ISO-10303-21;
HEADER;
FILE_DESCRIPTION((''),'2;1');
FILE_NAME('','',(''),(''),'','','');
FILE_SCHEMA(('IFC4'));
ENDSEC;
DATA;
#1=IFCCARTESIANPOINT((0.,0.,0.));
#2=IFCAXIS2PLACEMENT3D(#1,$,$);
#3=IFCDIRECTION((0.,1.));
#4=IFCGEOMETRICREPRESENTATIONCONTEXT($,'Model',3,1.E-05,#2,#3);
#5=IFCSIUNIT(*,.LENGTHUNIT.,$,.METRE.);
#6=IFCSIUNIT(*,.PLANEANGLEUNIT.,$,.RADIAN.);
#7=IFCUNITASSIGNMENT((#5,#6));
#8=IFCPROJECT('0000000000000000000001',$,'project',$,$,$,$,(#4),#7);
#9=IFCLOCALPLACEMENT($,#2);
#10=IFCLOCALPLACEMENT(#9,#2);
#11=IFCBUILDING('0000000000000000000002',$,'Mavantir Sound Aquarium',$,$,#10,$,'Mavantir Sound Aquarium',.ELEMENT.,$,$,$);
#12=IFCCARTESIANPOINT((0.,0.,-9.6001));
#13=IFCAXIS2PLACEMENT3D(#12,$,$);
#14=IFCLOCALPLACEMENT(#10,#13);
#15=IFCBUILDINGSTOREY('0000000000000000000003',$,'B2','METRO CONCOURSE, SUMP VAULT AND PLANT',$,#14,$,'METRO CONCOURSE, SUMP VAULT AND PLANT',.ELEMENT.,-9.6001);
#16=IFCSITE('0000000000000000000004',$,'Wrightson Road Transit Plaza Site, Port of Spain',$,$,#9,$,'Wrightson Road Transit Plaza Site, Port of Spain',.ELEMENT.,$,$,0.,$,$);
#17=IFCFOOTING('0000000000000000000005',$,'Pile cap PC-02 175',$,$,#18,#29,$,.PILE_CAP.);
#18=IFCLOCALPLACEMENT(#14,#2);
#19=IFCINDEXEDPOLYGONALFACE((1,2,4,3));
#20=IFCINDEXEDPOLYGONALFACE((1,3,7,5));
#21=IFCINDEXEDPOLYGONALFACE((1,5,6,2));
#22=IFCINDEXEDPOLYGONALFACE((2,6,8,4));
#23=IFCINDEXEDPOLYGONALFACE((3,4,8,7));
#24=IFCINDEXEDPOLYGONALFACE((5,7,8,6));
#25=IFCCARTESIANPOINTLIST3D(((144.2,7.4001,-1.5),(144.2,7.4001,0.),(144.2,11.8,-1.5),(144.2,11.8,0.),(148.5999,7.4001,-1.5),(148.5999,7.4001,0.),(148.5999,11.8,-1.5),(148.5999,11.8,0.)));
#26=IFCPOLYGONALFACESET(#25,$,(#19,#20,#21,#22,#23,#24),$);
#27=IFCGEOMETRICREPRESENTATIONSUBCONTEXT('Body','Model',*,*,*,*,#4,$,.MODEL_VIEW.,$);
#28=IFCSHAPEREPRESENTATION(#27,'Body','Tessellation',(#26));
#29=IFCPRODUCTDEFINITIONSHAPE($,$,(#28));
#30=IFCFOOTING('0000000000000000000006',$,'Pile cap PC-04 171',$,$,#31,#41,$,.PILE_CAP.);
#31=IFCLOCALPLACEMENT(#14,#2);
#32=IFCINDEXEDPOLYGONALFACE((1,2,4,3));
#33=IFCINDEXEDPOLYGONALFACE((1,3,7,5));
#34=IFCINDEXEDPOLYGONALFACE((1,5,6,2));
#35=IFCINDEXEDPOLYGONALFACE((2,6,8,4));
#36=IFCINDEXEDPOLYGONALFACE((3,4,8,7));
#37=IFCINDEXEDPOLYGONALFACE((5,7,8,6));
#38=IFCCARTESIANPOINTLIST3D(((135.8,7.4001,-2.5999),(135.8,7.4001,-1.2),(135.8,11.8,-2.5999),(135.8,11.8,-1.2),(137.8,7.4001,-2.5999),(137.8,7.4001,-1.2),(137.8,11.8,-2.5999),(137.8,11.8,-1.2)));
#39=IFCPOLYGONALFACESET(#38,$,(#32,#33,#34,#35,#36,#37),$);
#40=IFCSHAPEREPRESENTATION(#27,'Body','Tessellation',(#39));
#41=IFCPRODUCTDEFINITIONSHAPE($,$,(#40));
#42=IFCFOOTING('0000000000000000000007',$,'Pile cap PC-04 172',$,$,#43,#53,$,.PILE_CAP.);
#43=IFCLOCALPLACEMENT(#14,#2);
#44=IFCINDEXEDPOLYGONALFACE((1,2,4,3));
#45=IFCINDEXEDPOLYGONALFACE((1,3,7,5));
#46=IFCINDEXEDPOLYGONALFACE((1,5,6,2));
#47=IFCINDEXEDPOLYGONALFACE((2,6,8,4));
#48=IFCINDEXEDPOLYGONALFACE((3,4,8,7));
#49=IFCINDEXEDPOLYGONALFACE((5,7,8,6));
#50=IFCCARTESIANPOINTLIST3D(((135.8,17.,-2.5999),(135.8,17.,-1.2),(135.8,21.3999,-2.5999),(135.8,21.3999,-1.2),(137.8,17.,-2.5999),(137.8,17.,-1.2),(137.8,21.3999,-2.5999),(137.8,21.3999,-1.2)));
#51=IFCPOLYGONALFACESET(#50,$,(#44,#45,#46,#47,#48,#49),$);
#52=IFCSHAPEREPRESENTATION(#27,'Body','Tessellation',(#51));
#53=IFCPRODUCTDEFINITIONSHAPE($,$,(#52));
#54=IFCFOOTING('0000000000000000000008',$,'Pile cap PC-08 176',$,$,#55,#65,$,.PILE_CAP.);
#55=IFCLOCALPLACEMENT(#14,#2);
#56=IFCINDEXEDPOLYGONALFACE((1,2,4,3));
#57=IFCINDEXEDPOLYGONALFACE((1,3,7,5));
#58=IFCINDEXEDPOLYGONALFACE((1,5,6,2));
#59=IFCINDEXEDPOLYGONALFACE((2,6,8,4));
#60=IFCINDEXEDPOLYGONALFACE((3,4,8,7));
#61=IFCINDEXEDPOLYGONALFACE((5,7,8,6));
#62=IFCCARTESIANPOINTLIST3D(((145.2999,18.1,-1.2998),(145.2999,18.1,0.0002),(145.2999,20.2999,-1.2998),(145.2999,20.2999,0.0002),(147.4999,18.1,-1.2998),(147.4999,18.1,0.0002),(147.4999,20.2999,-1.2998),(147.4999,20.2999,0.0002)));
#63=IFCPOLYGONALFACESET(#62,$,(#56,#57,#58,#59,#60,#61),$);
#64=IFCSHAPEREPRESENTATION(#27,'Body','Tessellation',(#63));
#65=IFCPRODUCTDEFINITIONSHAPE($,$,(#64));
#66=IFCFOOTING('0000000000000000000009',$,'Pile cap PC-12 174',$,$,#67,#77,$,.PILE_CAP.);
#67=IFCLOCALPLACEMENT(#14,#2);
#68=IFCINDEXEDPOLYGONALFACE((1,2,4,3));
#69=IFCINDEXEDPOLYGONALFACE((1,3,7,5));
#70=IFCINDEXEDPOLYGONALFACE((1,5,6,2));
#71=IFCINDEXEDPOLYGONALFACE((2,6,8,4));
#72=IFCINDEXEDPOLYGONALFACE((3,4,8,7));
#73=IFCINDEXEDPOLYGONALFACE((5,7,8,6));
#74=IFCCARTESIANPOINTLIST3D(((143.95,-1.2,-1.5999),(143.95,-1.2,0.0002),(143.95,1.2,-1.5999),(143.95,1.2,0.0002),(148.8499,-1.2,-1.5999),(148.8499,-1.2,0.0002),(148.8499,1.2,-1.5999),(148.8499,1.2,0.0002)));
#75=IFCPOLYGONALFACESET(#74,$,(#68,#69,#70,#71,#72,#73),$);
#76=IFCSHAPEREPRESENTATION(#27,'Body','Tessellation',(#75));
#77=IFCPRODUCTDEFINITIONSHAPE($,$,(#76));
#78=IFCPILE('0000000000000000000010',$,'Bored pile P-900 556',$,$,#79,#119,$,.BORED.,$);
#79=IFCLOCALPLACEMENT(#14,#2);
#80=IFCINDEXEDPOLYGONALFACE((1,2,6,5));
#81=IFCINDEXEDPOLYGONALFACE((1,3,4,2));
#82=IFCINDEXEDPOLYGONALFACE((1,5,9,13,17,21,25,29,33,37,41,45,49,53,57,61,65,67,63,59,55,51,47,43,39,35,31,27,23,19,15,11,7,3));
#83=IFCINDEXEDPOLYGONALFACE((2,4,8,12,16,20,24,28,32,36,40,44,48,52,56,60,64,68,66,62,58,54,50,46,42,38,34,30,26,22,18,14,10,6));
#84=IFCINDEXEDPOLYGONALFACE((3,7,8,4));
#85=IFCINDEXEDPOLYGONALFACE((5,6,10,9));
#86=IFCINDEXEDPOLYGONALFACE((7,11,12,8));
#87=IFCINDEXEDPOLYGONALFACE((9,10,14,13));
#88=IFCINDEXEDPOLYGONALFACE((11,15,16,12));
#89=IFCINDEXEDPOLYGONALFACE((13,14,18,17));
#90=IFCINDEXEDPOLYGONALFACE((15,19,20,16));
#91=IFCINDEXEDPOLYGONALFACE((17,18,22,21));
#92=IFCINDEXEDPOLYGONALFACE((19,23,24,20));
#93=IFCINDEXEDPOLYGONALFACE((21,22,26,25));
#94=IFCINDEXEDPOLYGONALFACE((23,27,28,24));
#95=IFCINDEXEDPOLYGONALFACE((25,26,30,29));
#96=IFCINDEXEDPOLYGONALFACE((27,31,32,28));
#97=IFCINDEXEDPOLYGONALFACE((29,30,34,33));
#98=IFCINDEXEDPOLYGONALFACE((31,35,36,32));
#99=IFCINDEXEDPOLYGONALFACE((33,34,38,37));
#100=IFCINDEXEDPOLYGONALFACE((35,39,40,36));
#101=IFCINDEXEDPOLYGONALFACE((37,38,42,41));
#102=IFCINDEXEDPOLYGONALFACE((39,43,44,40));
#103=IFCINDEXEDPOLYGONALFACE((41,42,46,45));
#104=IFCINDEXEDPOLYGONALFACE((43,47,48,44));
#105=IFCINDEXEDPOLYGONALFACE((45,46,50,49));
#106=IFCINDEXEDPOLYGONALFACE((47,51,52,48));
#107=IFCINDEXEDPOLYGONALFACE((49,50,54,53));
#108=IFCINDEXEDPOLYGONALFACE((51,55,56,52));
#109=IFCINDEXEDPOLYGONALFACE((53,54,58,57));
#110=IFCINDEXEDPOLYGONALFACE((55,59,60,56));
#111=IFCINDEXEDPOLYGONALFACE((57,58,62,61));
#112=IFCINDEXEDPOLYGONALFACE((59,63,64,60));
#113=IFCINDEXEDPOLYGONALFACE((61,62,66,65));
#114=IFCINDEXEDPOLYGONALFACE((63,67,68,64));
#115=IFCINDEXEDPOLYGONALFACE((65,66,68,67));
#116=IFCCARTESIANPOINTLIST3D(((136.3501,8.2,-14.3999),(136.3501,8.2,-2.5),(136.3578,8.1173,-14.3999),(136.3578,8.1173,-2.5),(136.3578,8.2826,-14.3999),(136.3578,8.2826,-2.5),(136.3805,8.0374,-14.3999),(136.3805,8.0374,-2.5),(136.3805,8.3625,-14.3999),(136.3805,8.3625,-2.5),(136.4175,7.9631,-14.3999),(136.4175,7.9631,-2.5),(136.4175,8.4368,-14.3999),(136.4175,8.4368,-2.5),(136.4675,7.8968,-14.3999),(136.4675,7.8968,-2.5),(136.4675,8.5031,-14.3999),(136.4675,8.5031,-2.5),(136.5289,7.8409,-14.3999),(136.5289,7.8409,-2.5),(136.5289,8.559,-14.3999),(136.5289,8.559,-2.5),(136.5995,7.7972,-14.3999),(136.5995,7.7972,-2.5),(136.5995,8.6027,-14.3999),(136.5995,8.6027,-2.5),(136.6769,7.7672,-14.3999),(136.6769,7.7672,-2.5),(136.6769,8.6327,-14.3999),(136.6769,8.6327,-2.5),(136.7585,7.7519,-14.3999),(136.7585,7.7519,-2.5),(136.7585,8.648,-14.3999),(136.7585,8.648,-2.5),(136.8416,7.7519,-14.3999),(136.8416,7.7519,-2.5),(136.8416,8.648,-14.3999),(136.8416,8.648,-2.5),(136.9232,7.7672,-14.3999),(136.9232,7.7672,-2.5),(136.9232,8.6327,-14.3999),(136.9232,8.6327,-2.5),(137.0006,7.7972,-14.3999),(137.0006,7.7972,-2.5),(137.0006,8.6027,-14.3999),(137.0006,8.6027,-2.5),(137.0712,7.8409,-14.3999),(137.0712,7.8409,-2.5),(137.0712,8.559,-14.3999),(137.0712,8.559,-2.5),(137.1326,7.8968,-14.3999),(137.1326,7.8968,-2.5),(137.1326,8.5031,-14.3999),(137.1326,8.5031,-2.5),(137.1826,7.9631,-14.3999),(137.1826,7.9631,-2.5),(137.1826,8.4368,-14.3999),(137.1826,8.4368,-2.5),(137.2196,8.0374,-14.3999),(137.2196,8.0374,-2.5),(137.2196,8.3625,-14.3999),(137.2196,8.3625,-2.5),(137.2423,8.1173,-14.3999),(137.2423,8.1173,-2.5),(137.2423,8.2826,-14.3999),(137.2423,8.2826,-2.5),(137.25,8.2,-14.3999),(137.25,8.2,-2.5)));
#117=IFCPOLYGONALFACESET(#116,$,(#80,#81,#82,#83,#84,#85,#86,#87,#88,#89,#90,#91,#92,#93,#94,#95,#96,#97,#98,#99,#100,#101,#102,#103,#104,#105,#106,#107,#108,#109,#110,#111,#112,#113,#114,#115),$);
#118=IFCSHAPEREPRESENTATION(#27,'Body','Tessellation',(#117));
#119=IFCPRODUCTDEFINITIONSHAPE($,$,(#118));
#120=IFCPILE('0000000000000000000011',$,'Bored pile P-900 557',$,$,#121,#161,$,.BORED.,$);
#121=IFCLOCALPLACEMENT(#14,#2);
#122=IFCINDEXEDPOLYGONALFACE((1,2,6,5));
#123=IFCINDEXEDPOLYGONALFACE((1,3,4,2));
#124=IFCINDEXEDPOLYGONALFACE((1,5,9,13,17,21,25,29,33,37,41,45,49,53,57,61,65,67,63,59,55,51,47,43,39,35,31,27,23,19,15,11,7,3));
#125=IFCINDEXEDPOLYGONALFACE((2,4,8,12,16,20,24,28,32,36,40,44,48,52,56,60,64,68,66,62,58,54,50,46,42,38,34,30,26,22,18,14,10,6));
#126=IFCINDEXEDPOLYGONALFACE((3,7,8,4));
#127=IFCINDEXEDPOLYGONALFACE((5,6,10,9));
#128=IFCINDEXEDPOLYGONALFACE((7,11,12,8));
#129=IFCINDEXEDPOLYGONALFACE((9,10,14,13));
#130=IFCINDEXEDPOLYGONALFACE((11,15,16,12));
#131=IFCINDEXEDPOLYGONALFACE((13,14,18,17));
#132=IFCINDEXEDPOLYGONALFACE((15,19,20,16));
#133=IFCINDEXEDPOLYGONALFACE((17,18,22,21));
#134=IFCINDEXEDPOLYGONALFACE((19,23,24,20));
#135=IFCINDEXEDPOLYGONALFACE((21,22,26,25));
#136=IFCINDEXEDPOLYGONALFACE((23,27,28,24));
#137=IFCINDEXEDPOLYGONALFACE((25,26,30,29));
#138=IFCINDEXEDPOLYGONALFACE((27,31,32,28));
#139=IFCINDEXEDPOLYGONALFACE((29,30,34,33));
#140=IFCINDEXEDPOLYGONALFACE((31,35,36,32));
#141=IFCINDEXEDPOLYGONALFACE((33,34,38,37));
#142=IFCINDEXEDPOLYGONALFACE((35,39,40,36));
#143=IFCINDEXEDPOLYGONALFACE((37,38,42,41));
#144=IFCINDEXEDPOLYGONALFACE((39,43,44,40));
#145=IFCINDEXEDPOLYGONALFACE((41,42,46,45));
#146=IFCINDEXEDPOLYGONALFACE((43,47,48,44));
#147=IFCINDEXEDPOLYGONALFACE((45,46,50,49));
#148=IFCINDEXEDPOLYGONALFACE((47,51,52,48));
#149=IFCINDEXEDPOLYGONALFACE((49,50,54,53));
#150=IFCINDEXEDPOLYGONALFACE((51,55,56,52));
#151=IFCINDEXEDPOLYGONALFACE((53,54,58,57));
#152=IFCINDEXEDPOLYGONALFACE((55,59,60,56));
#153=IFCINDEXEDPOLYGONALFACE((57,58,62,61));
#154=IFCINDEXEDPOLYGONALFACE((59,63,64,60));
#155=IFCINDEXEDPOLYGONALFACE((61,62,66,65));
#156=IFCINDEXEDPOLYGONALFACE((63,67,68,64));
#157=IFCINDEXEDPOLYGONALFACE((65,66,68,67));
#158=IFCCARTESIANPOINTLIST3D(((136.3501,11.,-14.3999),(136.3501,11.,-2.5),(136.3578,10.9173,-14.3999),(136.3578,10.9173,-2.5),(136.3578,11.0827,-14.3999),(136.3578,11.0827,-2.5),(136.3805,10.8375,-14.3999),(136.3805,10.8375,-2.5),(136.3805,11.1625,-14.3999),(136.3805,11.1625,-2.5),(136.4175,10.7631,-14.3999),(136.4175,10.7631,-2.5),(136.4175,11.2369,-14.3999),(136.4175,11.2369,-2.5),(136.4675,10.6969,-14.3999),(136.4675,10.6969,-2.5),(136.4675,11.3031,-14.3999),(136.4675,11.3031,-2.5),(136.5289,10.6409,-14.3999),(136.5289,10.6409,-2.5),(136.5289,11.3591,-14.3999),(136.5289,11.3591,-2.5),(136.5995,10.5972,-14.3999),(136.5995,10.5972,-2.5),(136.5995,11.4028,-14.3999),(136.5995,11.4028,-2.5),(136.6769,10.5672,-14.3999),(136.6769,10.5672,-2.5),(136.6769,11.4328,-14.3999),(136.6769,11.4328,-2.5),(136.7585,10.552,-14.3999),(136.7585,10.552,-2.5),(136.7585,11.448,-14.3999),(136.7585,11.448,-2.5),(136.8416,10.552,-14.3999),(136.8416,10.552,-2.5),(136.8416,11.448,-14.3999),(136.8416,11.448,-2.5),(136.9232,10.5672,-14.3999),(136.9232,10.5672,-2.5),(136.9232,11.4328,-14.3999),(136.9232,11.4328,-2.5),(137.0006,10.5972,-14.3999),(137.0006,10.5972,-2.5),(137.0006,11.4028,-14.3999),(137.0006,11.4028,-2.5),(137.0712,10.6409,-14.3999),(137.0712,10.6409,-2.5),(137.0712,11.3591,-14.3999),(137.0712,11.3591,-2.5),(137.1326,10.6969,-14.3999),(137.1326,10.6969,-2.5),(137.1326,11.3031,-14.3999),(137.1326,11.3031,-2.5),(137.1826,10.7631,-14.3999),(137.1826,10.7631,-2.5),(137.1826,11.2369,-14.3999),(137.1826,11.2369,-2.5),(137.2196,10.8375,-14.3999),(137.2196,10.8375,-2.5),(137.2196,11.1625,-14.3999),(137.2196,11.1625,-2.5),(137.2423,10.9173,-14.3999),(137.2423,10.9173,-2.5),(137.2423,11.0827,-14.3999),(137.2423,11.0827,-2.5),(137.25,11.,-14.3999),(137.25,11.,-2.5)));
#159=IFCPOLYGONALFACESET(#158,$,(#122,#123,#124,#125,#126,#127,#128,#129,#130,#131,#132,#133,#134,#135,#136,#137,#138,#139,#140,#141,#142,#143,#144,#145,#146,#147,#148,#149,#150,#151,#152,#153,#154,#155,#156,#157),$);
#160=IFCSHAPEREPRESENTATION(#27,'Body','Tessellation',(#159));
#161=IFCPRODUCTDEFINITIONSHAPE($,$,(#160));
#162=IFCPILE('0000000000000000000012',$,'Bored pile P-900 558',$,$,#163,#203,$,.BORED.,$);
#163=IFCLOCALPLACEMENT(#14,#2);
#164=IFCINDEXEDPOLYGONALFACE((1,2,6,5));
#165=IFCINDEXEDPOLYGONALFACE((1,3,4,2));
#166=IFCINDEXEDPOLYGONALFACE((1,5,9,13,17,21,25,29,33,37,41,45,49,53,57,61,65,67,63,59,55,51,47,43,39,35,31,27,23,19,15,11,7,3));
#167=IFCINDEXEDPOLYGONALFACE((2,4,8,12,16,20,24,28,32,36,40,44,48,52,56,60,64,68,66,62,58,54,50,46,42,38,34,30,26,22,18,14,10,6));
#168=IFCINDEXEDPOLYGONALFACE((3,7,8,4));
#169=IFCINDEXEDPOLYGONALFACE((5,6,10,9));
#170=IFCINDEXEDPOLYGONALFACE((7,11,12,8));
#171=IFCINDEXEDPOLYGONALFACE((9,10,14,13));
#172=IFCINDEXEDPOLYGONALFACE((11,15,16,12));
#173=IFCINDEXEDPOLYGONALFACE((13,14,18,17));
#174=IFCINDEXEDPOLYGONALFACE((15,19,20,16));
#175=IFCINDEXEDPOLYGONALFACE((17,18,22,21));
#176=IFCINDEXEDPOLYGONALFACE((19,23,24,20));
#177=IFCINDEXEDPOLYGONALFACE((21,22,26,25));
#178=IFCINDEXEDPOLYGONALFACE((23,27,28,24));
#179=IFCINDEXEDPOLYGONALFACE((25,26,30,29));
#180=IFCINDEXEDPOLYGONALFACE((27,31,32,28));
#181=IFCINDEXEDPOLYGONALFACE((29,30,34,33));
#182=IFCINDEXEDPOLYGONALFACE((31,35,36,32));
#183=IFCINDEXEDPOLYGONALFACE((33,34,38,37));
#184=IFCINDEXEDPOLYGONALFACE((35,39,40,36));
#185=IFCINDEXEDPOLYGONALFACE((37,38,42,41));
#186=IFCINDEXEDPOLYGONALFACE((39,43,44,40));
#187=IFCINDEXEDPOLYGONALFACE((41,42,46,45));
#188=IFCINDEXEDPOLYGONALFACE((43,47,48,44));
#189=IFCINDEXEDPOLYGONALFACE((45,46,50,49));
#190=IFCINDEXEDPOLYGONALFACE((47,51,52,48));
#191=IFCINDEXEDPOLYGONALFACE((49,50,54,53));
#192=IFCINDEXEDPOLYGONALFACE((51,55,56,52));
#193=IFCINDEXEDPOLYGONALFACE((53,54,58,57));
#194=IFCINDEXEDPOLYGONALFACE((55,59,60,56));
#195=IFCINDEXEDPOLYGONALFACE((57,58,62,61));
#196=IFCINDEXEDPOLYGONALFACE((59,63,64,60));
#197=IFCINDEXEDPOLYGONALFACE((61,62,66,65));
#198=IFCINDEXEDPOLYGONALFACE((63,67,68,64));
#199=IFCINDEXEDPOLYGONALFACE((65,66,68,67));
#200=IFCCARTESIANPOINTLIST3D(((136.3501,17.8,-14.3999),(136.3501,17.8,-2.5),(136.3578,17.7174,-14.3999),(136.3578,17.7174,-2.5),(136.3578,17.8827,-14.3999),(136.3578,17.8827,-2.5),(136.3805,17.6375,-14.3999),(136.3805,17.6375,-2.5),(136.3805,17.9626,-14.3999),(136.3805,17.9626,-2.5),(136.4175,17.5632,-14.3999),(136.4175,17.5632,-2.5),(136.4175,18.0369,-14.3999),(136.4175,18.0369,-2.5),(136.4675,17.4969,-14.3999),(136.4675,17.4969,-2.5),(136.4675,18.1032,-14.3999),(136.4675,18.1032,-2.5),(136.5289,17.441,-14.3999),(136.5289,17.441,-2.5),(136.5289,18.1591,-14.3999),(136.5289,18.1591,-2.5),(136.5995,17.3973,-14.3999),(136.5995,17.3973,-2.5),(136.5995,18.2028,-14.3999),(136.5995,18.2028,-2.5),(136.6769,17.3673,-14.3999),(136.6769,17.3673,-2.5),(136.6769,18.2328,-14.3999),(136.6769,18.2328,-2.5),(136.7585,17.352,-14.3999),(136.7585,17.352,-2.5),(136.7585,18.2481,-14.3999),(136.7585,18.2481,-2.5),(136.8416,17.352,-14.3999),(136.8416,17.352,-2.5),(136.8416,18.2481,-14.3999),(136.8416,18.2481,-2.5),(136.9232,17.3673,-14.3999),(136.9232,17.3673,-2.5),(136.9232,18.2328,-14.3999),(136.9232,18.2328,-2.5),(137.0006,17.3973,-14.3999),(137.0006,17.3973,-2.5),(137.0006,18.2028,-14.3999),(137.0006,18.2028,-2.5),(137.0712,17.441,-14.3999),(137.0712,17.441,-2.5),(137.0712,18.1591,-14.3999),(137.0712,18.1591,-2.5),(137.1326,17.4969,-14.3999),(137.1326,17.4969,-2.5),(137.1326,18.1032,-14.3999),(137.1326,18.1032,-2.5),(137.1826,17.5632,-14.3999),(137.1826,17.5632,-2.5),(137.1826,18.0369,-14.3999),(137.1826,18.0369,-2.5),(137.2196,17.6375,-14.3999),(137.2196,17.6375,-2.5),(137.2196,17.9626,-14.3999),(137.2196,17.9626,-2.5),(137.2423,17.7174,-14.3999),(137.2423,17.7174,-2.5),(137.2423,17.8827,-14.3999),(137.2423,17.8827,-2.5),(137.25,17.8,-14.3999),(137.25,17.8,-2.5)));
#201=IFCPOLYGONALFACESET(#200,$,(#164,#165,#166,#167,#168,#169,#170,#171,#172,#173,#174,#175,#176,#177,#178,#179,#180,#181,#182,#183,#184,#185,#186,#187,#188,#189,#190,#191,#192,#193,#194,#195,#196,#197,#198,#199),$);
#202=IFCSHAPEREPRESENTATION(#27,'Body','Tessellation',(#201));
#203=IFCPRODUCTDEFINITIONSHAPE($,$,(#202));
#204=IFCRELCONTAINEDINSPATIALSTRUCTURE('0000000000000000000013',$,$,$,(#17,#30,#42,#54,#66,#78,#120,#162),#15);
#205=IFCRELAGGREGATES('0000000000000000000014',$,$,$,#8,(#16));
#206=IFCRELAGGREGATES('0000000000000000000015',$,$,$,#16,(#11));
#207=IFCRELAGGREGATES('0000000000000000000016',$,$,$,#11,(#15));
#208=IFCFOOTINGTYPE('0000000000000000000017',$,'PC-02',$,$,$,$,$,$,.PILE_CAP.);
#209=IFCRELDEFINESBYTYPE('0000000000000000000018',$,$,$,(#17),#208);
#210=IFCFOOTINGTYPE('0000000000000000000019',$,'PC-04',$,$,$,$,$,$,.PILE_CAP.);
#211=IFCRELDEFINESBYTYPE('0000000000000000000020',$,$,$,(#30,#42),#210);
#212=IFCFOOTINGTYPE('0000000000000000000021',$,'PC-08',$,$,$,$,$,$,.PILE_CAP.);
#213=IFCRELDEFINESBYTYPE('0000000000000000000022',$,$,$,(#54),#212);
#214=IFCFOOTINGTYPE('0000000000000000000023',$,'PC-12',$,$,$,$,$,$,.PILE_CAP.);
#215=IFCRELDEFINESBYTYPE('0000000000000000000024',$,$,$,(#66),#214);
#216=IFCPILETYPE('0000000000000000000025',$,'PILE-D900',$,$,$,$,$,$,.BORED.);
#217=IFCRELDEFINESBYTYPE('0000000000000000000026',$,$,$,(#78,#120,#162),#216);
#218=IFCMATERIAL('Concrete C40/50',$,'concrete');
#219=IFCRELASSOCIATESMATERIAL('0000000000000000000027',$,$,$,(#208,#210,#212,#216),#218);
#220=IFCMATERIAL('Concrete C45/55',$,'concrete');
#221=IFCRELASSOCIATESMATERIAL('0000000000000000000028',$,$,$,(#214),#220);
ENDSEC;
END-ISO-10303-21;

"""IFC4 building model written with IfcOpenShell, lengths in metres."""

from ifc_helpers import new_model, si_unit, direction, frame, origin, origin_2d, place, context, subcontext, project, spatial, rectangle, circle, extrude, material, material_profile, profile_set, type_object, element, save


model = new_model("IFC4")

# Units and contexts
model_context = context("Model", 3, precision=1e-05, world=origin(), true_north=direction((0.0, 1.0)))
body_context = subcontext(model_context, "Body", "Model", "MODEL_VIEW")
ifc_project = project(units=[si_unit("LENGTHUNIT", "METRE"), si_unit("PLANEANGLEUNIT", "RADIAN")], contexts=[model_context])

# Site, building, storey
site_placement = place(None, origin())
site = spatial("IfcSite", under=ifc_project, at=site_placement, Name="Wrightson Road Transit Plaza Site, Port of Spain", LongName="Wrightson Road Transit Plaza Site, Port of Spain", CompositionType="ELEMENT", RefElevation=0.0)
building_placement = place(site_placement, origin())
building = spatial("IfcBuilding", under=site, at=building_placement, Name="Mavantir Sound Aquarium", LongName="Mavantir Sound Aquarium", CompositionType="ELEMENT")
storey_placement = place(building_placement, frame((0.0, 0.0, -9.6001)))
storey = spatial("IfcBuildingStorey", under=building, at=storey_placement, Name="B2", Description="METRO CONCOURSE, SUMP VAULT AND PLANT", LongName="METRO CONCOURSE, SUMP VAULT AND PLANT", CompositionType="ELEMENT", Elevation=-9.6001)

# Footings
ifc_material_1 = material(Name="Concrete C40/50", Category="concrete")
footing_type_1 = type_object("IfcFootingType", Name="PC-02", PredefinedType="PILE_CAP", material=ifc_material_1)
footing_1_placement = place(storey_placement, frame((146.3999, 9.6001, -1.5), z_axis=(0.0, 0.0, 1.0), x_axis=(1.0, 0.0, 0.0)))
element("IfcFooting", 1, at=footing_1_placement, inside=storey, type_object=footing_type_1, Name="Pile cap PC-02 175", PredefinedType="PILE_CAP", context=body_context, shape_type="SweptSolid", body=[
    extrude(rectangle(XDim=4.3999, YDim=4.3999, at=origin_2d()), origin(), (0.0, 0.0, 1.0), 1.5),
])
footing_type_2 = type_object("IfcFootingType", Name="PC-04", PredefinedType="PILE_CAP", material=ifc_material_1)
for number, where, z_axis, x_axis, name in (
    (2, (136.8, 9.6001, -2.5999), (0.0, 0.0, 1.0), (1.0, 0.0, 0.0), "Pile cap PC-04 171"),
    (3, (136.8, 19.2, -2.5999), (0.0, 0.0, 1.0), (1.0, 0.0, 0.0), "Pile cap PC-04 172"),
):
    element("IfcFooting", number, at=place(storey_placement, frame(where, z_axis=z_axis, x_axis=x_axis)), inside=storey, type_object=footing_type_2, Name=name, PredefinedType="PILE_CAP", context=body_context, shape_type="SweptSolid", body=[
        extrude(rectangle(XDim=2.0, YDim=4.3999, at=origin_2d()), origin(), (0.0, 0.0, 1.0), 1.3999),
    ])
footing_type_3 = type_object("IfcFootingType", Name="PC-08", PredefinedType="PILE_CAP", material=ifc_material_1)
footing_2_placement = place(storey_placement, frame((146.3999, 19.2, -1.2998), z_axis=(0.0, 0.0, 1.0), x_axis=(1.0, 0.0, 0.0)))
element("IfcFooting", 4, at=footing_2_placement, inside=storey, type_object=footing_type_3, Name="Pile cap PC-08 176", PredefinedType="PILE_CAP", context=body_context, shape_type="SweptSolid", body=[
    extrude(rectangle(XDim=2.2, YDim=2.2, at=origin_2d()), origin(), (0.0, 0.0, 1.0), 1.3),
])
ifc_material_2 = material(Name="Concrete C45/55", Category="concrete")
footing_type_4 = type_object("IfcFootingType", Name="PC-12", PredefinedType="PILE_CAP", material=ifc_material_2)
footing_3_placement = place(storey_placement, frame((146.3999, 0.0, -1.5999), z_axis=(0.0, 0.0, 1.0), x_axis=(1.0, 0.0, 0.0)))
element("IfcFooting", 5, at=footing_3_placement, inside=storey, type_object=footing_type_4, Name="Pile cap PC-12 174", PredefinedType="PILE_CAP", context=body_context, shape_type="SweptSolid", body=[
    extrude(rectangle(XDim=4.8999, YDim=2.3999, at=origin_2d()), origin(), (0.0, 0.0, 1.0), 1.6001),
])

# Piles
ifc_material_profile_1 = material_profile(ifc_material_1, circle(Radius=0.45, at=origin_2d()), Name="PILE D900")
ifc_profile_set_1 = profile_set([ifc_material_profile_1], Name="Concrete C40/50")
pile_type = type_object("IfcPileType", Name="PILE-D900", PredefinedType="BORED", material=ifc_profile_set_1)
for number, where, z_axis, x_axis, name in (
    (6, (136.8, 8.2, -2.5), (0.0, 0.0, -1.0), (1.0, 0.0, 0.0), "Bored pile P-900 556"),
    (7, (136.8, 11.0, -2.5), (0.0, 0.0, -1.0), (1.0, 0.0, 0.0), "Bored pile P-900 557"),
    (8, (136.8, 17.8, -2.5), (0.0, 0.0, -1.0), (1.0, 0.0, 0.0), "Bored pile P-900 558"),
):
    element("IfcPile", number, at=place(storey_placement, frame(where, z_axis=z_axis, x_axis=x_axis)), inside=storey, type_object=pile_type, Name=name, PredefinedType="BORED", context=body_context, shape_type="SweptSolid", body=[
        extrude(circle(Radius=0.45, at=origin_2d()), origin(), (0.0, 0.0, 1.0), 11.8999),
    ])

save(model, "model.ifc")
